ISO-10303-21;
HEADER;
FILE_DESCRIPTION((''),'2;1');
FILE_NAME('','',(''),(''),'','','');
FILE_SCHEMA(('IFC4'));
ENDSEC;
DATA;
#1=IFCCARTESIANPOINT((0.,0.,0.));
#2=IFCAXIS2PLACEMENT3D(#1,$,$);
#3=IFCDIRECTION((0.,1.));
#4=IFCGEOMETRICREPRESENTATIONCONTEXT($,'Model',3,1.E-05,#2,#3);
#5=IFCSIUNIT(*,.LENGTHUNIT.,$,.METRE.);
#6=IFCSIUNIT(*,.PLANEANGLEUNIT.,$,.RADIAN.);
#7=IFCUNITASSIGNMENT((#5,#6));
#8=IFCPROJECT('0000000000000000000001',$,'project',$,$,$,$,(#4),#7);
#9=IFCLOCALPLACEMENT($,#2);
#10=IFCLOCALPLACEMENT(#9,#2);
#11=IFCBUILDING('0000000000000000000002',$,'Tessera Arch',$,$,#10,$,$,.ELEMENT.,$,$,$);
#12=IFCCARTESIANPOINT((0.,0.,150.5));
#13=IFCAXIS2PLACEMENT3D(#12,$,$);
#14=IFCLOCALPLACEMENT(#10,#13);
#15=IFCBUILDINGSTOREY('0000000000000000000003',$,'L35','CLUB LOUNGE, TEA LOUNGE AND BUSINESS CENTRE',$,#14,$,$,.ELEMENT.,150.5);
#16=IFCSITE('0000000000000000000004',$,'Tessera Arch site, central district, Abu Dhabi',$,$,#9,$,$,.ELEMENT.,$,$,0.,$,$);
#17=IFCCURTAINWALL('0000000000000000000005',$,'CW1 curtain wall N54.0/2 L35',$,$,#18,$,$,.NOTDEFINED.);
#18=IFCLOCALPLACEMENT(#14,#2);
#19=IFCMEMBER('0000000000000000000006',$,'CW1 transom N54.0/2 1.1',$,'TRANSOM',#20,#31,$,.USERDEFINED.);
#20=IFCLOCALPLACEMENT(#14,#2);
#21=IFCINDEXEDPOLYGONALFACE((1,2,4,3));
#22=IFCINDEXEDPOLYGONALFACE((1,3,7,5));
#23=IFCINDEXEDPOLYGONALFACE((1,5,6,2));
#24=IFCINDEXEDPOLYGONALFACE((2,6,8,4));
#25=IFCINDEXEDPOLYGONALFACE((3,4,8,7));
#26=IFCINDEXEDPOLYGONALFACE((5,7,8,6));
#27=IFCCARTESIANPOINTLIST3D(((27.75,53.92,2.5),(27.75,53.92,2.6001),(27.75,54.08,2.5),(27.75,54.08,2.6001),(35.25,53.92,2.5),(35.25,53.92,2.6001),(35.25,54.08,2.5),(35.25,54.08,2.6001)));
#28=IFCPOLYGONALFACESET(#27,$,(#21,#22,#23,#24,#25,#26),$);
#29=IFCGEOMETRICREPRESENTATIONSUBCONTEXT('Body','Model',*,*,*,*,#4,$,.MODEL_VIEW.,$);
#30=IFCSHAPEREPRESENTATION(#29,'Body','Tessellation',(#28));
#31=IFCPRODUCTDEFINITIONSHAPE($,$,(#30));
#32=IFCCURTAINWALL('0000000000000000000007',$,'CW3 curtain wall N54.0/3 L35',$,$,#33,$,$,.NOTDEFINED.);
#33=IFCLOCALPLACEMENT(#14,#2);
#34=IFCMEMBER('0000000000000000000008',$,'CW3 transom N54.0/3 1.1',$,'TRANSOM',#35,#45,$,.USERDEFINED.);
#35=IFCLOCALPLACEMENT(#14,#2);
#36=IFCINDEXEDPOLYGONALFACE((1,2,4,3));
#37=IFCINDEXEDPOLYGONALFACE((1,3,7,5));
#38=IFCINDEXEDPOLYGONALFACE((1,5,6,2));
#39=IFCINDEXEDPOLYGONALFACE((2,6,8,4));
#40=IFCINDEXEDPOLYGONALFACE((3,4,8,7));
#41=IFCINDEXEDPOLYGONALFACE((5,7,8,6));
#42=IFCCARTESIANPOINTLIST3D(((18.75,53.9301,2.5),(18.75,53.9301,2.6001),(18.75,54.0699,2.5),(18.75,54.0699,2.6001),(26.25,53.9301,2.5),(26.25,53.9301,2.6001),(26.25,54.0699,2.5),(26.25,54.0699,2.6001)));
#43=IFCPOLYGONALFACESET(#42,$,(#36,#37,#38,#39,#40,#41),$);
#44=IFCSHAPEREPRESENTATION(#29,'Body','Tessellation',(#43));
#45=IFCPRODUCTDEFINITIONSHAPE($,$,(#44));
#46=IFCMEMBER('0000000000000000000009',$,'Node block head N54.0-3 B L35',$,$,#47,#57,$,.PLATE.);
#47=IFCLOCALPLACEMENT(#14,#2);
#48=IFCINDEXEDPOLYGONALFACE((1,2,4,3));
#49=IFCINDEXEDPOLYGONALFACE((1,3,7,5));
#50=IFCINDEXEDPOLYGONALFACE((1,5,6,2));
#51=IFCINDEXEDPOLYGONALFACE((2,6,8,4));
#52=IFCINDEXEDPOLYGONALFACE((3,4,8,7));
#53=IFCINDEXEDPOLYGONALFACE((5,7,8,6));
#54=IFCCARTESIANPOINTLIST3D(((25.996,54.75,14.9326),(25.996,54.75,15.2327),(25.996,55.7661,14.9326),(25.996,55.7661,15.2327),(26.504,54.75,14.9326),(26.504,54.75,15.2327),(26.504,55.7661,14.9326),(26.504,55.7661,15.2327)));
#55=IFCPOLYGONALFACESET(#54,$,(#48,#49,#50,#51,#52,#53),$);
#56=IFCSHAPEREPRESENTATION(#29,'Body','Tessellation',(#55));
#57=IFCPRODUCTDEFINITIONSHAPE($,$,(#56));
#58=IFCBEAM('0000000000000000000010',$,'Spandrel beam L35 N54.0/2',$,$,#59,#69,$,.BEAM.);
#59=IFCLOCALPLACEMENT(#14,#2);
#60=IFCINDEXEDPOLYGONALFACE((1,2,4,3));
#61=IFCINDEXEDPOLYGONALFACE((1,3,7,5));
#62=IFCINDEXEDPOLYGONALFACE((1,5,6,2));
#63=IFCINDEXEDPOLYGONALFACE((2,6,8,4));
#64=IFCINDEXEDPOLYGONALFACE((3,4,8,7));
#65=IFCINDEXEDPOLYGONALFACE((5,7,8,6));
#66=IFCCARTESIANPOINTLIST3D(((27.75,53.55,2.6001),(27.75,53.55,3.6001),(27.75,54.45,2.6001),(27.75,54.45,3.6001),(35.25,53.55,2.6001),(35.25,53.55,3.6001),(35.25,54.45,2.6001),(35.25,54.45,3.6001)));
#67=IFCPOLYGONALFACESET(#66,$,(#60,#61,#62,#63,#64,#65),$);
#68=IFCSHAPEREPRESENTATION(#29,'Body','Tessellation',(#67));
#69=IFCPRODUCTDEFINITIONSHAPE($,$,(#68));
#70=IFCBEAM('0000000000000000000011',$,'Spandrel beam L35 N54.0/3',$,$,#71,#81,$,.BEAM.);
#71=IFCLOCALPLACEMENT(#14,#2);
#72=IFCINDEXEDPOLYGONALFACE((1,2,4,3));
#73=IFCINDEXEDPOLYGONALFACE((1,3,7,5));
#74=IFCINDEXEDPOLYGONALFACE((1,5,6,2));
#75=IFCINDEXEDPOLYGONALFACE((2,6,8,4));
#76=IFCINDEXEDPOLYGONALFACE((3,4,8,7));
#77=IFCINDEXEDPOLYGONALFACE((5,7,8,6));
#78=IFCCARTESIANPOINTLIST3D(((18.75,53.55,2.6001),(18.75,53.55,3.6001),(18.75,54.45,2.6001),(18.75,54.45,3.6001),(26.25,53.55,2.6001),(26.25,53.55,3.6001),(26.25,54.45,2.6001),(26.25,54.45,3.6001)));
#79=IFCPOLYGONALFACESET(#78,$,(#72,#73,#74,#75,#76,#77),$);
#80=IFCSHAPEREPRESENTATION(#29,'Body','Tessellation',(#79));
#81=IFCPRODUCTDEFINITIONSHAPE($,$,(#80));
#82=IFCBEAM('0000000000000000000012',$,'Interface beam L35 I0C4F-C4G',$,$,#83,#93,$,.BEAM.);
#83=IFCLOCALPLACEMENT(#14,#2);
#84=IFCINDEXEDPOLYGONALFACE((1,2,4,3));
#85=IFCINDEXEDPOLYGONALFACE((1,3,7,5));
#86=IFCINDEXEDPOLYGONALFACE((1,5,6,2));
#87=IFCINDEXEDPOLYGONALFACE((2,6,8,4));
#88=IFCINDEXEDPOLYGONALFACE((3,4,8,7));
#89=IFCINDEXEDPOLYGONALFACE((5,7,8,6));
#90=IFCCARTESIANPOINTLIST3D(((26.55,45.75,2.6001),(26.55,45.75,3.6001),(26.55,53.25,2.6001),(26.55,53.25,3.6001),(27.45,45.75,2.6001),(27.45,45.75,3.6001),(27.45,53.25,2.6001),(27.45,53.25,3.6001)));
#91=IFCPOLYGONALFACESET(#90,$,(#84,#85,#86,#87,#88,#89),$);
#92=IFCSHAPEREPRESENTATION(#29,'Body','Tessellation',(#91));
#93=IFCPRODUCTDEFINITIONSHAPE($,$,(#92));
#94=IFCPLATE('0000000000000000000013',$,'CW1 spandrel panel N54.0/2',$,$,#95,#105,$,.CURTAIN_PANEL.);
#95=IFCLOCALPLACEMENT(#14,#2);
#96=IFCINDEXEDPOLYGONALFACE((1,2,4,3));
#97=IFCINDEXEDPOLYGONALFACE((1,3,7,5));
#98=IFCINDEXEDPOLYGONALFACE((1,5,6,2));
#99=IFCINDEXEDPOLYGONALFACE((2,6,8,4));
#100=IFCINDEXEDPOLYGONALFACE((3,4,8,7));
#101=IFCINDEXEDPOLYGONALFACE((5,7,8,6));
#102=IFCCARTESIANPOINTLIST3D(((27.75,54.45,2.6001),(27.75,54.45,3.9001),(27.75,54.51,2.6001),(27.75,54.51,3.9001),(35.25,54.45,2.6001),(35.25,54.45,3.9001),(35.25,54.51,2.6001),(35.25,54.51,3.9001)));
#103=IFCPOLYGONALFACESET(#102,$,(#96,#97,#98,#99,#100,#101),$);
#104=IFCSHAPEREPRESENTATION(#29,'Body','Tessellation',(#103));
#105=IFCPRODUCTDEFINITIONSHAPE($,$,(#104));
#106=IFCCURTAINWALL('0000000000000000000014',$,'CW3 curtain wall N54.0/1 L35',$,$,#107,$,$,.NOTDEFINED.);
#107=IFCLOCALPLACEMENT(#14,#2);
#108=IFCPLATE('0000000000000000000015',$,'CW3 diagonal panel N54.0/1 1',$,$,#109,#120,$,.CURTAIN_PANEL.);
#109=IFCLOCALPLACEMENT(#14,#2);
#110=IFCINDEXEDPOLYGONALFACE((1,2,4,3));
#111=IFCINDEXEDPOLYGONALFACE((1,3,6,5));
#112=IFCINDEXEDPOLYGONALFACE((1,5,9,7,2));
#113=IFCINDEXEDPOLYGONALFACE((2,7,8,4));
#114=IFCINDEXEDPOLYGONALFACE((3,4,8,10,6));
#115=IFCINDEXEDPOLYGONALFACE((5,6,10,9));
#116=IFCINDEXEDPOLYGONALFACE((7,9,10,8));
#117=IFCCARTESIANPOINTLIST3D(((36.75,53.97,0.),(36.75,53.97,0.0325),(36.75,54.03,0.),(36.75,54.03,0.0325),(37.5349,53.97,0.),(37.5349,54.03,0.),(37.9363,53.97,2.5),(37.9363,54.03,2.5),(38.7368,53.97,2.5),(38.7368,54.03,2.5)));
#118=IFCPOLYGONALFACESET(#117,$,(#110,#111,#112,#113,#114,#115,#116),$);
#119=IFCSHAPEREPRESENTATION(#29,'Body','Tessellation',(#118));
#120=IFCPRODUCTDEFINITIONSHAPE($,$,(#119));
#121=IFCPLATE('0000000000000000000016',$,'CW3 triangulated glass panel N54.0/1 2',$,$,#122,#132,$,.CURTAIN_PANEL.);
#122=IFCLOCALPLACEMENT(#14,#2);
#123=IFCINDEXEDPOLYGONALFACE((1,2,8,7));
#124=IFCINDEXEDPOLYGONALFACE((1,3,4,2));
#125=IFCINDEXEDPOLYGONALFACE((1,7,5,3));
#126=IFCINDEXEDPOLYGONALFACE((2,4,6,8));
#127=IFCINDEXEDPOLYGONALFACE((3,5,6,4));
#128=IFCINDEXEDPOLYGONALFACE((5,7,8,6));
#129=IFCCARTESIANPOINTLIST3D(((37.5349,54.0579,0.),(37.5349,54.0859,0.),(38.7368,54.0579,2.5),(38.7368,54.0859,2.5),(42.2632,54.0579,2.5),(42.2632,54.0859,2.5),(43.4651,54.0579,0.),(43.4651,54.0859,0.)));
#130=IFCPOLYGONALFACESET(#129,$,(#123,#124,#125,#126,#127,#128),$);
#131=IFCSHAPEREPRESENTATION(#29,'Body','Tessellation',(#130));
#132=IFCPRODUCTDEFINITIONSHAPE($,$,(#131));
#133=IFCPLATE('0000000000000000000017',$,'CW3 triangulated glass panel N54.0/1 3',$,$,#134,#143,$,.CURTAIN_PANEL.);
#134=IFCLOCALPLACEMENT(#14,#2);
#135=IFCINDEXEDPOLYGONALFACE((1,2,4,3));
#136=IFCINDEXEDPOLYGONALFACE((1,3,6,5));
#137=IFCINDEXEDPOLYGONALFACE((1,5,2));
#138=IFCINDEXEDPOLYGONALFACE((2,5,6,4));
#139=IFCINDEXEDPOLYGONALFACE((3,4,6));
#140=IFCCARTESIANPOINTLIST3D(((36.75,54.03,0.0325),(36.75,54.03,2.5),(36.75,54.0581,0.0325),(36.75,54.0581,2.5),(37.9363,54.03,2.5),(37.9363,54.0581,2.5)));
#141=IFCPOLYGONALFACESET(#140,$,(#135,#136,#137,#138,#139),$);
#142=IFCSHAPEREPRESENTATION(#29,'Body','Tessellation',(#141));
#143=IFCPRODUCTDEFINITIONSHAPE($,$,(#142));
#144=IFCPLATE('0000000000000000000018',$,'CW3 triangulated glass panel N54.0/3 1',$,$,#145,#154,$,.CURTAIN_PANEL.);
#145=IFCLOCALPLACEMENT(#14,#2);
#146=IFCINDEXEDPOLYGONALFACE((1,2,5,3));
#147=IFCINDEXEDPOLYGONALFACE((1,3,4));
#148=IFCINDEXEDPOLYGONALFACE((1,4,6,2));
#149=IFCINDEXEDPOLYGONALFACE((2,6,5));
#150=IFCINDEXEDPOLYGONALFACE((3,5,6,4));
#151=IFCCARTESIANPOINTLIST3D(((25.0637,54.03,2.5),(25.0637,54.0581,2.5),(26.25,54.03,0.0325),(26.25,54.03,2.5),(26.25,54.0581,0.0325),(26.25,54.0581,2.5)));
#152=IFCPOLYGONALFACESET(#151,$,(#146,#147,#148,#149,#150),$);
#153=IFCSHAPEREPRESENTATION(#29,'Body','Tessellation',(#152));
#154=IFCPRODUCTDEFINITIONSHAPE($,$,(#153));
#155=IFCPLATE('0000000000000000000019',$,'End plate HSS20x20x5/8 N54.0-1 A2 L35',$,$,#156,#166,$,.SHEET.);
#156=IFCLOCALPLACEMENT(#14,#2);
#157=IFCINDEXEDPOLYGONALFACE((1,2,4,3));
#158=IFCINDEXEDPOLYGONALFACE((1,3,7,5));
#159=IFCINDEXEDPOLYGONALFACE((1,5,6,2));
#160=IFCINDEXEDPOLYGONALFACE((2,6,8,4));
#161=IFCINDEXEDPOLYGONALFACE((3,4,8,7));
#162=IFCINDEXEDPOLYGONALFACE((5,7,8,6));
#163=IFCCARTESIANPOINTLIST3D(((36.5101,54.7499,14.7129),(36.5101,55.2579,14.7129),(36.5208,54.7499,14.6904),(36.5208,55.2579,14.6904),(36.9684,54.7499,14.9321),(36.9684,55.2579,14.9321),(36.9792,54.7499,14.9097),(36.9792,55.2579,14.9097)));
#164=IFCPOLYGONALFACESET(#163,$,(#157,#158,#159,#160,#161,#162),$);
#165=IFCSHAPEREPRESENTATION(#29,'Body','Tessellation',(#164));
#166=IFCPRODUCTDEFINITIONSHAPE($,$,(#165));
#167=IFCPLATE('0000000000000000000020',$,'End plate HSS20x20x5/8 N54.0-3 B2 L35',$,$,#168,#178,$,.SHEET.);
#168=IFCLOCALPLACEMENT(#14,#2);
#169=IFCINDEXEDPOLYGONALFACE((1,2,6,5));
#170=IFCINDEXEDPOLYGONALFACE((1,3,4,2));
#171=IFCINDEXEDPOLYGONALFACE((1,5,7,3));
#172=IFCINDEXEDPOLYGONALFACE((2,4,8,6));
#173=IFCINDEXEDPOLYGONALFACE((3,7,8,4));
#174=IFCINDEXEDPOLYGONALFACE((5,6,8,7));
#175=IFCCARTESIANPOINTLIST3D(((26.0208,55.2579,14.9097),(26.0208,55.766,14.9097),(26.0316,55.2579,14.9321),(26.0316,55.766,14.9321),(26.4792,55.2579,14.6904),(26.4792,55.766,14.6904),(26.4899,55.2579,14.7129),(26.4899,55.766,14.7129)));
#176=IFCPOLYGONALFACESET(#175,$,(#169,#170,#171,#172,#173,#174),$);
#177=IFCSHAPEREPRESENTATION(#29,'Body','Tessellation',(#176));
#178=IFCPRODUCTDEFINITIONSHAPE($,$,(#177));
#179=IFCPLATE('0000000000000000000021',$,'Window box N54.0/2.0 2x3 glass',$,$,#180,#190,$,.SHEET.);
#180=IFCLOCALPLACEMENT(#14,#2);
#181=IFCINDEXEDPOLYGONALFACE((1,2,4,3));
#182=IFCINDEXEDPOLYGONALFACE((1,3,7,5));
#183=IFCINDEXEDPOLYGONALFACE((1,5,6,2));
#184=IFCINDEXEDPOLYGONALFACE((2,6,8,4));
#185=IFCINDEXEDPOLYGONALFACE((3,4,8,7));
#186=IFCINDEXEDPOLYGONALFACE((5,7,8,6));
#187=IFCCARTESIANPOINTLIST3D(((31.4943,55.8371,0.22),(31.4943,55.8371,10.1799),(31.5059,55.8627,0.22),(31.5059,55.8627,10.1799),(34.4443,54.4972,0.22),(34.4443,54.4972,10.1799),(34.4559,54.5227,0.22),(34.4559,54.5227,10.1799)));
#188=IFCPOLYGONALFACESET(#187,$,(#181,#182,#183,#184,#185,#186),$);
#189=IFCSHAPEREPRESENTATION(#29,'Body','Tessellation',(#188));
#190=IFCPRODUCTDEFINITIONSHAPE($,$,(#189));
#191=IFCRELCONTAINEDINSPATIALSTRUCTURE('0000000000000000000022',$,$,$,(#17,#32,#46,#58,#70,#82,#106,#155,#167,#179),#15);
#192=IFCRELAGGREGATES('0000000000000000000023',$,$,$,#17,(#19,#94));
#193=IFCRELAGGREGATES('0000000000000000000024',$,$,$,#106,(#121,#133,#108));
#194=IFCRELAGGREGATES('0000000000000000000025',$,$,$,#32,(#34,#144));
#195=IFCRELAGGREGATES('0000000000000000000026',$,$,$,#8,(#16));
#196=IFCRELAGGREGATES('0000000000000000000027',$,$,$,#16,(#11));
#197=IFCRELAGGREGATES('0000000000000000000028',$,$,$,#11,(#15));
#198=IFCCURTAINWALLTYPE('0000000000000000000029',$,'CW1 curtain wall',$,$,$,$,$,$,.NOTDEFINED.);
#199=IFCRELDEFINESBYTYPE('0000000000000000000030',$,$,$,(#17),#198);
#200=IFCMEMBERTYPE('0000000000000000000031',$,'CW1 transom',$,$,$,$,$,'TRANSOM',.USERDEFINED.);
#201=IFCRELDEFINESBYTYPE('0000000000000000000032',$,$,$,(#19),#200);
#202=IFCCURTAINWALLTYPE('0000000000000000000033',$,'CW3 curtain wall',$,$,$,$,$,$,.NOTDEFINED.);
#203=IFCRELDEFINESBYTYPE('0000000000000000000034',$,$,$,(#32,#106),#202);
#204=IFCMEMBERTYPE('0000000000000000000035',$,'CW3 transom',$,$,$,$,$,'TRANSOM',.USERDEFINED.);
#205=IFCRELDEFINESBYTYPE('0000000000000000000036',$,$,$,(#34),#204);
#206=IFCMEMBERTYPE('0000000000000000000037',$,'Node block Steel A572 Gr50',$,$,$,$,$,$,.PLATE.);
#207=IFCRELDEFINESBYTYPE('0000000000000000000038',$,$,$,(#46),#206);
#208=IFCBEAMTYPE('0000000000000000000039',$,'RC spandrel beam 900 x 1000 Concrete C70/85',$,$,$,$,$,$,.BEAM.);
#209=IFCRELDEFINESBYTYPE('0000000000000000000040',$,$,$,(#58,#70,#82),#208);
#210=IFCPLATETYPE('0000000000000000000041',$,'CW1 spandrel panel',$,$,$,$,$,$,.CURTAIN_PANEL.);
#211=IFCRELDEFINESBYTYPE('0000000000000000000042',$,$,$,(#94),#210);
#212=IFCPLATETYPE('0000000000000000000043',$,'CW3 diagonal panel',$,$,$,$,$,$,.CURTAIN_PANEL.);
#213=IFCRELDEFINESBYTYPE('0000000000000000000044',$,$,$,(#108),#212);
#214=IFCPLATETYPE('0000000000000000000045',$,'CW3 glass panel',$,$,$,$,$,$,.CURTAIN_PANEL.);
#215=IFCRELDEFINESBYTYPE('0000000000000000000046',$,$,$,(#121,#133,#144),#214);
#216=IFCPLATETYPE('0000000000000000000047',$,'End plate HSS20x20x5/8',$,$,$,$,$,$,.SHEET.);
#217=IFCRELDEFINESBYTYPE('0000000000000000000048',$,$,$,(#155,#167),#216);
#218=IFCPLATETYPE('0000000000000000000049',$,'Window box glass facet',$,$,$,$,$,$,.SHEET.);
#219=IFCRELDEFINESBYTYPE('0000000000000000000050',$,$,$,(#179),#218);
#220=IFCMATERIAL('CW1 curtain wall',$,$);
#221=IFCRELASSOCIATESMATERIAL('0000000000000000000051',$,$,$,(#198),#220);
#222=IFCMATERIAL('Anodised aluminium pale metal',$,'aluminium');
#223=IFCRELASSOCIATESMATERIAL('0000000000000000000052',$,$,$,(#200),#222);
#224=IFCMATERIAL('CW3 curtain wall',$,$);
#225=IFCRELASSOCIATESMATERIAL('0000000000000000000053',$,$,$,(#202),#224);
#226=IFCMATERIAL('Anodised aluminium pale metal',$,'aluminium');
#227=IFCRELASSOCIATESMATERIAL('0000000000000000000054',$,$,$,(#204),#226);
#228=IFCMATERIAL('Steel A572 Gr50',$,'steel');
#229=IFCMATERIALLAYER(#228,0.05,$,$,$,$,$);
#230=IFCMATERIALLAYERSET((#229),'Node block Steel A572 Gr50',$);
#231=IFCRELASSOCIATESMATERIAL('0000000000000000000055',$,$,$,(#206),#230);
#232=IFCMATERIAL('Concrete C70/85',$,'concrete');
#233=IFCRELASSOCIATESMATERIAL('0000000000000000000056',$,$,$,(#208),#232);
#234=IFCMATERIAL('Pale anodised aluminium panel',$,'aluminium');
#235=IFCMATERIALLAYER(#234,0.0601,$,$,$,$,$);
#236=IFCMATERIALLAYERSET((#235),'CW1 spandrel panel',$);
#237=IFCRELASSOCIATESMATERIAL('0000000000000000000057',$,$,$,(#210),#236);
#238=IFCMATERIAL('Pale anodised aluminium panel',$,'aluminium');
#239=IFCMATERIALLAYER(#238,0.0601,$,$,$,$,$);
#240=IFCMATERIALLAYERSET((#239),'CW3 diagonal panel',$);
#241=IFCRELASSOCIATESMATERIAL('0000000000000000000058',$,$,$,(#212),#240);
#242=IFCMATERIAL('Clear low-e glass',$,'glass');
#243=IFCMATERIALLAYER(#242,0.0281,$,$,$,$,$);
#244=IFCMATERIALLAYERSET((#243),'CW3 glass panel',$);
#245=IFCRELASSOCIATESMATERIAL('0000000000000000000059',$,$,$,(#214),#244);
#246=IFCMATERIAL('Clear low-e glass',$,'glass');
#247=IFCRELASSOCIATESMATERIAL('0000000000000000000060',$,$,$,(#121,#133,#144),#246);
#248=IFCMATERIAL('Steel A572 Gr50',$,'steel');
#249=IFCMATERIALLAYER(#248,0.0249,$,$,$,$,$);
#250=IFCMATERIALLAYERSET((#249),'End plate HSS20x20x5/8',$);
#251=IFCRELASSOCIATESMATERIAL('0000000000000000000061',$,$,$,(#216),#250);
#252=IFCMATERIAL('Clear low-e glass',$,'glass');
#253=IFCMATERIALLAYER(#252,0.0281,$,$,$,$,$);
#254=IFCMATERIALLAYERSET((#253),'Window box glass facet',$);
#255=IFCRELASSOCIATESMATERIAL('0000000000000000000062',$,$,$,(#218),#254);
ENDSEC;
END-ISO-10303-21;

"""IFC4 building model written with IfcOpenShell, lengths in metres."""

from ifc_helpers import new_model, si_unit, direction, frame, origin, origin_2d, place, context, subcontext, project, spatial, polyline, rectangle, outline, extrude, material, layer, layer_set, material_profile, profile_set, type_object, element, aggregate, save


model = new_model("IFC4")

# Units and contexts
model_context = context("Model", 3, precision=1e-05, world=origin(), true_north=direction((0.0, 1.0)))
body_context = subcontext(model_context, "Body", "Model", "MODEL_VIEW")
ifc_project = project(units=[si_unit("LENGTHUNIT", "METRE"), si_unit("PLANEANGLEUNIT", "RADIAN")], contexts=[model_context])

# Site, building, storey
site_placement = place(None, origin())
site = spatial("IfcSite", under=ifc_project, at=site_placement, Name="Tessera Arch site, central district, Abu Dhabi", CompositionType="ELEMENT", RefElevation=0.0)
building_placement = place(site_placement, origin())
building = spatial("IfcBuilding", under=site, at=building_placement, Name="Tessera Arch", CompositionType="ELEMENT")
storey_placement = place(building_placement, frame((0.0, 0.0, 150.5)))
storey = spatial("IfcBuildingStorey", under=building, at=storey_placement, Name="L35", Description="CLUB LOUNGE, TEA LOUNGE AND BUSINESS CENTRE", CompositionType="ELEMENT", Elevation=150.5)

# Curtain walls, members
ifc_material_1 = material(Name="CW1 curtain wall")
curtain_wall_type_1 = type_object("IfcCurtainWallType", Name="CW1 curtain wall", PredefinedType="NOTDEFINED", material=ifc_material_1)
curtain_wall_1_placement = place(storey_placement, origin())
curtain_wall_1 = element("IfcCurtainWall", 1, at=curtain_wall_1_placement, inside=storey, type_object=curtain_wall_type_1, Name="CW1 curtain wall N54.0/2 L35", PredefinedType="NOTDEFINED")
ifc_material_2 = material(Name="Anodised aluminium pale metal", Category="aluminium")
ifc_material_profile_1 = material_profile(ifc_material_2, rectangle(XDim=0.1599, YDim=0.1001, at=origin_2d()), Name="AL 160x100")
ifc_profile_set_1 = profile_set([ifc_material_profile_1], Name="Anodised aluminium pale metal")
member_type_1 = type_object("IfcMemberType", Name="CW1 transom", ElementType="TRANSOM", PredefinedType="USERDEFINED", material=ifc_profile_set_1)
member_1_placement = place(storey_placement, frame((35.25, 54.0, 2.55), z_axis=(-1.0, 0.0, 0.0), x_axis=(0.0, -1.0, 0.0)))
member_1 = element("IfcMember", 2, at=member_1_placement, type_object=member_type_1, Name="CW1 transom N54.0/2 1.1", ObjectType="TRANSOM", PredefinedType="USERDEFINED", context=body_context, shape_type="SweptSolid", body=[
    extrude(rectangle(XDim=0.1599, YDim=0.1001, at=origin_2d()), origin(), (0.0, 0.0, 1.0), 7.5),
])
ifc_material_3 = material(Name="CW3 curtain wall")
curtain_wall_type_2 = type_object("IfcCurtainWallType", Name="CW3 curtain wall", PredefinedType="NOTDEFINED", material=ifc_material_3)
curtain_wall_2_placement = place(storey_placement, origin())
curtain_wall_2 = element("IfcCurtainWall", 3, at=curtain_wall_2_placement, inside=storey, type_object=curtain_wall_type_2, Name="CW3 curtain wall N54.0/3 L35", PredefinedType="NOTDEFINED")
ifc_material_4 = material(Name="Anodised aluminium pale metal", Category="aluminium")
ifc_material_profile_2 = material_profile(ifc_material_4, rectangle(XDim=0.1399, YDim=0.1001, at=origin_2d()), Name="AL 140x100")
ifc_profile_set_2 = profile_set([ifc_material_profile_2], Name="Anodised aluminium pale metal")
member_type_2 = type_object("IfcMemberType", Name="CW3 transom", ElementType="TRANSOM", PredefinedType="USERDEFINED", material=ifc_profile_set_2)
member_2_placement = place(storey_placement, frame((26.25, 54.0, 2.55), z_axis=(-1.0, 0.0, 0.0), x_axis=(0.0, -1.0, 0.0)))
member_2 = element("IfcMember", 4, at=member_2_placement, type_object=member_type_2, Name="CW3 transom N54.0/3 1.1", ObjectType="TRANSOM", PredefinedType="USERDEFINED", context=body_context, shape_type="SweptSolid", body=[
    extrude(rectangle(XDim=0.1399, YDim=0.1001, at=origin_2d()), origin(), (0.0, 0.0, 1.0), 7.5),
])

# Member
ifc_material_5 = material(Name="Steel A572 Gr50", Category="steel")
ifc_layer_1 = layer(ifc_material_5, 0.05)
ifc_layer_set_1 = layer_set([ifc_layer_1], Name="Node block Steel A572 Gr50")
member_type_3 = type_object("IfcMemberType", Name="Node block Steel A572 Gr50", PredefinedType="PLATE", material=ifc_layer_set_1)
member_3_placement = place(storey_placement, frame((26.25, 55.2581, 14.9326), z_axis=(0.0, 0.0, 1.0), x_axis=(-1.0, 0.0, 0.0)))
element("IfcMember", 5, at=member_3_placement, inside=storey, type_object=member_type_3, Name="Node block head N54.0-3 B L35", PredefinedType="PLATE", context=body_context, shape_type="SweptSolid", body=[
    extrude(rectangle(XDim=0.5081, YDim=1.0161, at=origin_2d()), origin(), (0.0, 0.0, 1.0), 0.3),
])

# Beams
ifc_material_6 = material(Name="Concrete C70/85", Category="concrete")
ifc_material_profile_3 = material_profile(ifc_material_6, rectangle(XDim=0.8999, YDim=1.0, at=origin_2d()), Name="RC spandrel beam 900 x 1000 Concrete C70/85")
ifc_profile_set_3 = profile_set([ifc_material_profile_3], Name="Concrete C70/85")
beam_type = type_object("IfcBeamType", Name="RC spandrel beam 900 x 1000 Concrete C70/85", PredefinedType="BEAM", material=ifc_profile_set_3)
for number, where, z_axis, x_axis, name in (
    (6, (35.25, 54.0, 3.1001), (-1.0, 0.0, 0.0), (0.0, -1.0, 0.0), "Spandrel beam L35 N54.0/2"),
    (7, (26.25, 54.0, 3.1001), (-1.0, 0.0, 0.0), (0.0, -1.0, 0.0), "Spandrel beam L35 N54.0/3"),
    (8, (27.0, 45.75, 3.1001), (0.0, 1.0, 0.0), (-1.0, 0.0, 0.0), "Interface beam L35 I0C4F-C4G"),
):
    element("IfcBeam", number, at=place(storey_placement, frame(where, z_axis=z_axis, x_axis=x_axis)), inside=storey, type_object=beam_type, Name=name, PredefinedType="BEAM", context=body_context, shape_type="SweptSolid", body=[
        extrude(rectangle(XDim=0.8999, YDim=1.0, at=origin_2d()), origin(), (0.0, 0.0, 1.0), 7.5),
    ])

# Plate
ifc_material_7 = material(Name="Pale anodised aluminium panel", Category="aluminium")
ifc_layer_2 = layer(ifc_material_7, 0.0601)
ifc_layer_set_2 = layer_set([ifc_layer_2], Name="CW1 spandrel panel")
plate_type_1 = type_object("IfcPlateType", Name="CW1 spandrel panel", PredefinedType="CURTAIN_PANEL", material=ifc_layer_set_2)
plate_1_placement = place(storey_placement, frame((31.5, 54.48, 2.6001), z_axis=(0.0, 0.0, 1.0), x_axis=(-1.0, 0.0, 0.0)))
plate_1 = element("IfcPlate", 9, at=plate_1_placement, type_object=plate_type_1, Name="CW1 spandrel panel N54.0/2", PredefinedType="CURTAIN_PANEL", context=body_context, shape_type="SweptSolid", body=[
    extrude(rectangle(XDim=7.5, YDim=0.0601, at=origin_2d()), origin(), (0.0, 0.0, 1.0), 1.3),
])
aggregate(curtain_wall_1, [member_1, plate_1])

# Curtain wall, plates
curtain_wall_3_placement = place(storey_placement, origin())
curtain_wall_3 = element("IfcCurtainWall", 10, at=curtain_wall_3_placement, inside=storey, type_object=curtain_wall_type_2, Name="CW3 curtain wall N54.0/1 L35", PredefinedType="NOTDEFINED")
ifc_material_8 = material(Name="Pale anodised aluminium panel", Category="aluminium")
ifc_layer_3 = layer(ifc_material_8, 0.0601)
ifc_layer_set_3 = layer_set([ifc_layer_3], Name="CW3 diagonal panel")
plate_type_2 = type_object("IfcPlateType", Name="CW3 diagonal panel", PredefinedType="CURTAIN_PANEL", material=ifc_layer_set_3)
plate_2_placement = place(storey_placement, frame((36.75, 54.03, 0.0), z_axis=(0.0, 1.0, 0.0), x_axis=(0.0, 0.0, 1.0)))
plate_2 = element("IfcPlate", 11, at=plate_2_placement, type_object=plate_type_2, Name="CW3 diagonal panel N54.0/1 1", PredefinedType="CURTAIN_PANEL", context=body_context, shape_type="SweptSolid", body=[
    extrude(outline(polyline([(0.0, 0.0), (0.0325, 0.0), (2.5, 1.1863), (2.5, 1.9868), (0.0, 0.7849), (0.0, 0.0)])), origin(), (0.0, 0.0, -1.0), 0.0601),
])
ifc_material_9 = material(Name="Clear low-e glass", Category="glass")
ifc_material_10 = material(Name="Clear low-e glass", Category="glass")
ifc_layer_4 = layer(ifc_material_10, 0.0281)
ifc_layer_set_4 = layer_set([ifc_layer_4], Name="CW3 glass panel")
plate_type_3 = type_object("IfcPlateType", Name="CW3 glass panel", PredefinedType="CURTAIN_PANEL", material=ifc_layer_set_4)
plate_3_placement = place(storey_placement, frame((38.7368, 54.0859, 2.5), z_axis=(0.0, 1.0, 0.0), x_axis=(1.0, 0.0, 0.0)))
plate_3 = element("IfcPlate", 12, at=plate_3_placement, type_object=plate_type_3, material=ifc_material_9, Name="CW3 triangulated glass panel N54.0/1 2", PredefinedType="CURTAIN_PANEL", context=body_context, shape_type="SweptSolid", body=[
    extrude(outline(polyline([(0.0, 0.0), (3.5264, 0.0), (4.7283, 2.5), (-1.2019, 2.5), (0.0, 0.0)])), origin(), (0.0, 0.0, -1.0), 0.0281),
])
plate_4_placement = place(storey_placement, frame((36.75, 54.0581, 2.5), z_axis=(0.0, 1.0, 0.0), x_axis=(1.0, 0.0, 0.0)))
plate_4 = element("IfcPlate", 13, at=plate_4_placement, type_object=plate_type_3, material=ifc_material_9, Name="CW3 triangulated glass panel N54.0/1 3", PredefinedType="CURTAIN_PANEL", context=body_context, shape_type="SweptSolid", body=[
    extrude(outline(polyline([(0.0, 0.0), (1.1863, 0.0), (0.0, 2.4675), (0.0, 0.0)])), origin(), (0.0, 0.0, -1.0), 0.0281),
])
aggregate(curtain_wall_3, [plate_3, plate_4, plate_2])

# Plate
plate_5_placement = place(storey_placement, frame((26.25, 54.0581, 2.5), z_axis=(0.0, 1.0, 0.0), x_axis=(0.0, 0.0, -1.0)))
plate_5 = element("IfcPlate", 14, at=plate_5_placement, type_object=plate_type_3, material=ifc_material_9, Name="CW3 triangulated glass panel N54.0/3 1", PredefinedType="CURTAIN_PANEL", context=body_context, shape_type="SweptSolid", body=[
    extrude(outline(polyline([(0.0, 0.0), (2.4675, 0.0), (0.0, 1.1863), (0.0, 0.0)])), origin(), (0.0, 0.0, -1.0), 0.0281),
])
aggregate(curtain_wall_2, [member_2, plate_5])

# Plates
ifc_material_11 = material(Name="Steel A572 Gr50", Category="steel")
ifc_layer_5 = layer(ifc_material_11, 0.0249)
ifc_layer_set_5 = layer_set([ifc_layer_5], Name="End plate HSS20x20x5/8")
plate_type_4 = type_object("IfcPlateType", Name="End plate HSS20x20x5/8", PredefinedType="SHEET", material=ifc_layer_set_5)
for number, where, z_axis, x_axis, name in (
    (15, (36.75, 55.0039, 14.8), (-0.431455, 0.0, 0.902134), (0.0, -1.0, 0.0), "End plate HSS20x20x5/8 N54.0-1 A2 L35"),
    (16, (26.25, 55.512, 14.8), (0.431455, 0.0, 0.902134), (0.0, 1.0, 0.0), "End plate HSS20x20x5/8 N54.0-3 B2 L35"),
):
    element("IfcPlate", number, at=place(storey_placement, frame(where, z_axis=z_axis, x_axis=x_axis)), inside=storey, type_object=plate_type_4, Name=name, PredefinedType="SHEET", context=body_context, shape_type="SweptSolid", body=[
        extrude(rectangle(XDim=0.5081, YDim=0.5081, at=origin_2d()), origin(), (0.0, 0.0, 1.0), 0.0249),
    ])
ifc_material_12 = material(Name="Clear low-e glass", Category="glass")
ifc_layer_6 = layer(ifc_material_12, 0.0281)
ifc_layer_set_6 = layer_set([ifc_layer_6], Name="Window box glass facet")
plate_type_5 = type_object("IfcPlateType", Name="Window box glass facet", PredefinedType="SHEET", material=ifc_layer_set_6)
for number, where, z_axis, x_axis, name in (
    (17, (32.9751, 55.1799, 0.22), (0.0, 0.0, 1.0), (-0.910472, 0.41357, 0.0), "Window box N54.0/2.0 2x3 glass"),
):
    element("IfcPlate", number, at=place(storey_placement, frame(where, z_axis=z_axis, x_axis=x_axis)), inside=storey, type_object=plate_type_5, Name=name, PredefinedType="SHEET", context=body_context, shape_type="SweptSolid", body=[
        extrude(rectangle(XDim=3.24, YDim=0.0281, at=origin_2d()), origin(), (0.0, 0.0, 1.0), 9.96),
    ])

save(model, "model.ifc")
